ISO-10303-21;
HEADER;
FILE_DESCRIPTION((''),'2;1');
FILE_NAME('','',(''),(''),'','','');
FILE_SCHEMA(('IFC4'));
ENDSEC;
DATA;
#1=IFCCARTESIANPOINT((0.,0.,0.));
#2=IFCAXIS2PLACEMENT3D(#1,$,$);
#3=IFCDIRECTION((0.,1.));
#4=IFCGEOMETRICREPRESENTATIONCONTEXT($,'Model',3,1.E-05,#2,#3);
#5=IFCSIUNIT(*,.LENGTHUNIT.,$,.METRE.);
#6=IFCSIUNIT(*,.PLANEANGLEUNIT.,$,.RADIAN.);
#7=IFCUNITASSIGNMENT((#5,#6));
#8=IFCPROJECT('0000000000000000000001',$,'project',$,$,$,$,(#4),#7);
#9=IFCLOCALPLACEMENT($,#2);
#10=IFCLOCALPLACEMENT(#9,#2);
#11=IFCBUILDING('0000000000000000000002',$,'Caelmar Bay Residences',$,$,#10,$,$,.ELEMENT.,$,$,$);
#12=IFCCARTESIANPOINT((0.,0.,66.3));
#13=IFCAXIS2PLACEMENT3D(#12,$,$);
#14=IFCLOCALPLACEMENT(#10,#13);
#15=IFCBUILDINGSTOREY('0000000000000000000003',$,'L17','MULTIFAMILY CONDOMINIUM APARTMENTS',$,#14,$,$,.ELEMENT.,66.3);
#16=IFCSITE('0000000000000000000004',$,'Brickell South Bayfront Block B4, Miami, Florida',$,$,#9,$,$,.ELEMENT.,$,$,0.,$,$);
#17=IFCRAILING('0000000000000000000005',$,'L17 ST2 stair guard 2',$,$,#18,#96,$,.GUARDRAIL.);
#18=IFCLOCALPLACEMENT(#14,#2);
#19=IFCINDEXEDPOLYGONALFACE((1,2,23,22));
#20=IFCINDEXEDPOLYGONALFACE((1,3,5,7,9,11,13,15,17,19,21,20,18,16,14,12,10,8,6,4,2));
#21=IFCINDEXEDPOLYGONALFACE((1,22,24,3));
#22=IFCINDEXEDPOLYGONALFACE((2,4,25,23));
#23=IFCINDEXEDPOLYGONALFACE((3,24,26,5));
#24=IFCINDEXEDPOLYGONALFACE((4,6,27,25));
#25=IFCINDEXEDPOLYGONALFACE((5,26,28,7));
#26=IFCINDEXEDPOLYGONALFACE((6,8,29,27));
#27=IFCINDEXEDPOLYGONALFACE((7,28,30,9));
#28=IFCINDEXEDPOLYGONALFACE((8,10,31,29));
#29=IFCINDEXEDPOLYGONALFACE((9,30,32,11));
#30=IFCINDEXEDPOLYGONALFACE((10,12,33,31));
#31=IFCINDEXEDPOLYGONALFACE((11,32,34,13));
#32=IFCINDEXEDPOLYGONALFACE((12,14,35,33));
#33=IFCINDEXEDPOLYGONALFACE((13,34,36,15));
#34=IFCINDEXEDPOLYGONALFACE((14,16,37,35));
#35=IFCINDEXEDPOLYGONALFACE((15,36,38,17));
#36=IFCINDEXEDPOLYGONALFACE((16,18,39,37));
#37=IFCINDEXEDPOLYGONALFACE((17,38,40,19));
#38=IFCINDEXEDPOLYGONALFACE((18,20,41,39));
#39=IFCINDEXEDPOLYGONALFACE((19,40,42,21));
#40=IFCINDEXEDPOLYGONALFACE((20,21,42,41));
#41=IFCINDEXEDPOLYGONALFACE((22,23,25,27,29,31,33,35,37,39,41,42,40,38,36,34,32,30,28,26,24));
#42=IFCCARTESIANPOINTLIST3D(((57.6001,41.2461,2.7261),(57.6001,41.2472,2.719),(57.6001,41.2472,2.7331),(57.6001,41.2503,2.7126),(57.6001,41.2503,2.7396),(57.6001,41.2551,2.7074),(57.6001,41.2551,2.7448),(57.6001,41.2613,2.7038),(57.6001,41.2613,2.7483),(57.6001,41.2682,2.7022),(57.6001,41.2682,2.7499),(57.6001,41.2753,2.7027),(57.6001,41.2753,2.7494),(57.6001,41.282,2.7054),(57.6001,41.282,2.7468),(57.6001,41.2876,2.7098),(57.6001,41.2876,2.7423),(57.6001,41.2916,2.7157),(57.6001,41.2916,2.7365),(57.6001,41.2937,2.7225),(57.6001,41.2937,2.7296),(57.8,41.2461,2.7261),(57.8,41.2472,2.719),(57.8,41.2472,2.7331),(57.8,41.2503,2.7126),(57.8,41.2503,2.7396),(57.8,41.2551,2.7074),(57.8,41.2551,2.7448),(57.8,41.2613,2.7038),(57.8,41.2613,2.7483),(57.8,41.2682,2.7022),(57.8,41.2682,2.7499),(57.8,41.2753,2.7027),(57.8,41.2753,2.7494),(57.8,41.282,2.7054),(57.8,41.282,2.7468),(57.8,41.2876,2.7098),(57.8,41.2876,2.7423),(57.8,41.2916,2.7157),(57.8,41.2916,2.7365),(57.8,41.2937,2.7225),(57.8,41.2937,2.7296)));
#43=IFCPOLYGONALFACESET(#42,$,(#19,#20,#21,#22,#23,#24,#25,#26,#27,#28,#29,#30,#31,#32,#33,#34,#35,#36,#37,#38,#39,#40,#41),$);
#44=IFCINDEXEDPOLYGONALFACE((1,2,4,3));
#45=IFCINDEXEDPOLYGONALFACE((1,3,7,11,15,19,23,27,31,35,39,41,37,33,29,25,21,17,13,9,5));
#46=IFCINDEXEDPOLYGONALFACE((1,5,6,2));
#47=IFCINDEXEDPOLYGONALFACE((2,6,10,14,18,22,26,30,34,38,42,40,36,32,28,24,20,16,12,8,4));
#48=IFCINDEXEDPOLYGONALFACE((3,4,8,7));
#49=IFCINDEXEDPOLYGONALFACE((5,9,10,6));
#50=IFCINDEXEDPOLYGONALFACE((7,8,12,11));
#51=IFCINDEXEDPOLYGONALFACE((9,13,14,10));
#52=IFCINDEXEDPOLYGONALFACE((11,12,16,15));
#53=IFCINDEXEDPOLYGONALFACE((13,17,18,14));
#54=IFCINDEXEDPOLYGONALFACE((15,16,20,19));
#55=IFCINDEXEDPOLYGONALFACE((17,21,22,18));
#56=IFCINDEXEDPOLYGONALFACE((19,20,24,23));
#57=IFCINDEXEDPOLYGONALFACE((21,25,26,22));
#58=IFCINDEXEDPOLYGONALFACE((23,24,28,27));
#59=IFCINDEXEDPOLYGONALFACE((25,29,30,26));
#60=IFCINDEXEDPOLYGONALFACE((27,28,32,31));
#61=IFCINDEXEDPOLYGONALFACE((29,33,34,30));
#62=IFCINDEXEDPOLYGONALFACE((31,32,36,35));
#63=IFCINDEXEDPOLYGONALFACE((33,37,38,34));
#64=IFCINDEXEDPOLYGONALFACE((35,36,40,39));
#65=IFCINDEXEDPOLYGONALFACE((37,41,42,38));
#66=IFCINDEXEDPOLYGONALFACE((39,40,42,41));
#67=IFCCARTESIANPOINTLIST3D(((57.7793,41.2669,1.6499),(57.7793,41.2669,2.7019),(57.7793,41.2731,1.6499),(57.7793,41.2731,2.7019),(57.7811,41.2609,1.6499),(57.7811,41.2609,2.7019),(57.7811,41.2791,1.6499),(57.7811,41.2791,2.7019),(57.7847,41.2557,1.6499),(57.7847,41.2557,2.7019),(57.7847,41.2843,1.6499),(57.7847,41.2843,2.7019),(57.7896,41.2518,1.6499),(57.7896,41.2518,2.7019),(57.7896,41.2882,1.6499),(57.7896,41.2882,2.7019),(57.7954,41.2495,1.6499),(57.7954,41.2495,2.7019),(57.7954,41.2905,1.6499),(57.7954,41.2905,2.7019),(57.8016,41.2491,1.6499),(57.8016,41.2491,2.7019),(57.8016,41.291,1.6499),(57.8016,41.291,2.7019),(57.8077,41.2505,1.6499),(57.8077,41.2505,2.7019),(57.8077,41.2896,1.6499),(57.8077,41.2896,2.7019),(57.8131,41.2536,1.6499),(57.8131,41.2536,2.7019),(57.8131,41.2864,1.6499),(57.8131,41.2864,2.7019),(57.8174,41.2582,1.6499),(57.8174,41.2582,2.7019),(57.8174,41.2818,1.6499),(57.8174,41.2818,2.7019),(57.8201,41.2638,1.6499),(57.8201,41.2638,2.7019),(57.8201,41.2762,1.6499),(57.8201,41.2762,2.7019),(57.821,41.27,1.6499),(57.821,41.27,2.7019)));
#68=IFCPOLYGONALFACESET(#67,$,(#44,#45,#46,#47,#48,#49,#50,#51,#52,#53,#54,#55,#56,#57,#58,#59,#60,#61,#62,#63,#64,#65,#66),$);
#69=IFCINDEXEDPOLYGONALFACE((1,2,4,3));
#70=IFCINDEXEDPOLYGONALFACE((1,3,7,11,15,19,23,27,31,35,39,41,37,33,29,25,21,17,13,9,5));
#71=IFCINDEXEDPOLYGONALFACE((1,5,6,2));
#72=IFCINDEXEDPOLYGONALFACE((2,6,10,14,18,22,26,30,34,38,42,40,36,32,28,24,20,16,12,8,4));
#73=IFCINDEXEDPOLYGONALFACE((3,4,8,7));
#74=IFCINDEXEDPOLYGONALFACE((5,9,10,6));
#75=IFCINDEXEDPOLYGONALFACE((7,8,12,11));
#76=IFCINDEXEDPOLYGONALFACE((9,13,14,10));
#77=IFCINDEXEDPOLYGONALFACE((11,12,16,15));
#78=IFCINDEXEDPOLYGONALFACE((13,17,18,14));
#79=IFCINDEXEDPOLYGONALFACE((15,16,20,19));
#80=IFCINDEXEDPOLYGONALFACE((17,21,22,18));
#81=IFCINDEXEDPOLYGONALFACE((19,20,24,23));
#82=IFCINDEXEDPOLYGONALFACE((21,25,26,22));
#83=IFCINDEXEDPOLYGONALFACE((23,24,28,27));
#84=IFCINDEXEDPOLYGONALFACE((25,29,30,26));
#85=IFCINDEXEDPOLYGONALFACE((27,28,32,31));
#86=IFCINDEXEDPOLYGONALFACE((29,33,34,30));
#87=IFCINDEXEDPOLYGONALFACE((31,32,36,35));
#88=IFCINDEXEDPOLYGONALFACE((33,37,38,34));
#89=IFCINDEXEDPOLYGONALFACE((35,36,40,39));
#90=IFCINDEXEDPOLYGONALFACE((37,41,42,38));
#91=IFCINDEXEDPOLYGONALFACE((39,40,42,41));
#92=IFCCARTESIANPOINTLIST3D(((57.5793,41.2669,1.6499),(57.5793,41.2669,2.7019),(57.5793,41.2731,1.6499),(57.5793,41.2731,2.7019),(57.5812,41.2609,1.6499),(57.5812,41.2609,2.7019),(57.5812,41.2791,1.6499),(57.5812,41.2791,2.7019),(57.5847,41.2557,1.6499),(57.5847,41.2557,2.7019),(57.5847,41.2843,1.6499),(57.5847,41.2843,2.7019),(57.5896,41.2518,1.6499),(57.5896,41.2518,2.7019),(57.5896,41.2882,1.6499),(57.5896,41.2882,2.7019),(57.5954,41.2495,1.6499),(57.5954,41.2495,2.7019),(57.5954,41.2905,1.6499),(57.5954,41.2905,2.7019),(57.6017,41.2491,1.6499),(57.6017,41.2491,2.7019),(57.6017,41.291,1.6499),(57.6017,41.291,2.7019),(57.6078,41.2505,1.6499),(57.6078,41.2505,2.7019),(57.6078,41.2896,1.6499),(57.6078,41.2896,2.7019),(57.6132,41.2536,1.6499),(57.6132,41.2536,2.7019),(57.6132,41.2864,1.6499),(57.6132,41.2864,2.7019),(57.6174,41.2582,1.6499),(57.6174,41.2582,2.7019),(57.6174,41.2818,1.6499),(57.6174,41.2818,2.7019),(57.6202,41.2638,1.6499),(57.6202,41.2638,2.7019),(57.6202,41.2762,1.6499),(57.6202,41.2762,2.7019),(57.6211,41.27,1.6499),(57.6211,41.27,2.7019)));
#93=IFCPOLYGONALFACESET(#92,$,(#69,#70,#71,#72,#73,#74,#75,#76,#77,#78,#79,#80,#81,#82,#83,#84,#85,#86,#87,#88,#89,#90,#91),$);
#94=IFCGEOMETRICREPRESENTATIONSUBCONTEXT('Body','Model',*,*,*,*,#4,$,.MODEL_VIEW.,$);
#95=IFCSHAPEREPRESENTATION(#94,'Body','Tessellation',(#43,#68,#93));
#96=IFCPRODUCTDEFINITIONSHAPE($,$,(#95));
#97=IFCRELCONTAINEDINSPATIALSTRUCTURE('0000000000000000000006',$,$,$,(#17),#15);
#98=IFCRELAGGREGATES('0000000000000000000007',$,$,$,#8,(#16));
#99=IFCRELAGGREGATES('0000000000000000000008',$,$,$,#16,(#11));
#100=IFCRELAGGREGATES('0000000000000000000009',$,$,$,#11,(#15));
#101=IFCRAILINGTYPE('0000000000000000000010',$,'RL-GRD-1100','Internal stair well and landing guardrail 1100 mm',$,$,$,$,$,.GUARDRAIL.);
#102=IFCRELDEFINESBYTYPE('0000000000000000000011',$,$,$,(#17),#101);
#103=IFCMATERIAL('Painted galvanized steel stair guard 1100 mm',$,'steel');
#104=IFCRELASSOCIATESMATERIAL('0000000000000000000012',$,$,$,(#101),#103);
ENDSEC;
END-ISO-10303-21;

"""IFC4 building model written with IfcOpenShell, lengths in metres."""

from ifc_helpers import new_model, si_unit, direction, frame, origin, origin_2d, place, context, subcontext, project, spatial, circle, extrude, material, type_object, element, save


model = new_model("IFC4")

# Units and contexts
model_context = context("Model", 3, precision=1e-05, world=origin(), true_north=direction((0.0, 1.0)))
body_context = subcontext(model_context, "Body", "Model", "MODEL_VIEW")
ifc_project = project(units=[si_unit("LENGTHUNIT", "METRE"), si_unit("PLANEANGLEUNIT", "RADIAN")], contexts=[model_context])

# Site, building, storey
site_placement = place(None, origin())
site = spatial("IfcSite", under=ifc_project, at=site_placement, Name="Brickell South Bayfront Block B4, Miami, Florida", CompositionType="ELEMENT", RefElevation=0.0)
building_placement = place(site_placement, origin())
building = spatial("IfcBuilding", under=site, at=building_placement, Name="Caelmar Bay Residences", CompositionType="ELEMENT")
storey_placement = place(building_placement, frame((0.0, 0.0, 66.3)))
storey = spatial("IfcBuildingStorey", under=building, at=storey_placement, Name="L17", Description="MULTIFAMILY CONDOMINIUM APARTMENTS", CompositionType="ELEMENT", Elevation=66.3)

# Railing
ifc_material_1 = material(Name="Painted galvanized steel stair guard 1100 mm", Category="steel")
railing_type_1 = type_object("IfcRailingType", Name="RL-GRD-1100", Description="Internal stair well and landing guardrail 1100 mm", PredefinedType="GUARDRAIL", material=ifc_material_1)
railing_1_placement = place(storey_placement, frame((57.8, 41.27, 1.6499)))
element("IfcRailing", 1, at=railing_1_placement, inside=storey, type_object=railing_type_1, Name="L17 ST2 stair guard 2", PredefinedType="GUARDRAIL", context=body_context, shape_type="SweptSolid", body=[
    extrude(circle(Radius=0.0239, at=origin_2d()), frame((0.0, 0.0, 1.0762), z_axis=(-1.0, 0.0, 0.0), x_axis=(0.0, -1.0, 0.0)), (0.0, 0.0, 1.0), 0.2),
    extrude(circle(Radius=0.021, at=origin_2d()), origin(), (0.0, 0.0, 1.0), 1.052),
    extrude(circle(Radius=0.021, at=origin_2d()), frame((-0.2, 0.0, 0.0)), (0.0, 0.0, 1.0), 1.052),
])

save(model, "model.ifc")
